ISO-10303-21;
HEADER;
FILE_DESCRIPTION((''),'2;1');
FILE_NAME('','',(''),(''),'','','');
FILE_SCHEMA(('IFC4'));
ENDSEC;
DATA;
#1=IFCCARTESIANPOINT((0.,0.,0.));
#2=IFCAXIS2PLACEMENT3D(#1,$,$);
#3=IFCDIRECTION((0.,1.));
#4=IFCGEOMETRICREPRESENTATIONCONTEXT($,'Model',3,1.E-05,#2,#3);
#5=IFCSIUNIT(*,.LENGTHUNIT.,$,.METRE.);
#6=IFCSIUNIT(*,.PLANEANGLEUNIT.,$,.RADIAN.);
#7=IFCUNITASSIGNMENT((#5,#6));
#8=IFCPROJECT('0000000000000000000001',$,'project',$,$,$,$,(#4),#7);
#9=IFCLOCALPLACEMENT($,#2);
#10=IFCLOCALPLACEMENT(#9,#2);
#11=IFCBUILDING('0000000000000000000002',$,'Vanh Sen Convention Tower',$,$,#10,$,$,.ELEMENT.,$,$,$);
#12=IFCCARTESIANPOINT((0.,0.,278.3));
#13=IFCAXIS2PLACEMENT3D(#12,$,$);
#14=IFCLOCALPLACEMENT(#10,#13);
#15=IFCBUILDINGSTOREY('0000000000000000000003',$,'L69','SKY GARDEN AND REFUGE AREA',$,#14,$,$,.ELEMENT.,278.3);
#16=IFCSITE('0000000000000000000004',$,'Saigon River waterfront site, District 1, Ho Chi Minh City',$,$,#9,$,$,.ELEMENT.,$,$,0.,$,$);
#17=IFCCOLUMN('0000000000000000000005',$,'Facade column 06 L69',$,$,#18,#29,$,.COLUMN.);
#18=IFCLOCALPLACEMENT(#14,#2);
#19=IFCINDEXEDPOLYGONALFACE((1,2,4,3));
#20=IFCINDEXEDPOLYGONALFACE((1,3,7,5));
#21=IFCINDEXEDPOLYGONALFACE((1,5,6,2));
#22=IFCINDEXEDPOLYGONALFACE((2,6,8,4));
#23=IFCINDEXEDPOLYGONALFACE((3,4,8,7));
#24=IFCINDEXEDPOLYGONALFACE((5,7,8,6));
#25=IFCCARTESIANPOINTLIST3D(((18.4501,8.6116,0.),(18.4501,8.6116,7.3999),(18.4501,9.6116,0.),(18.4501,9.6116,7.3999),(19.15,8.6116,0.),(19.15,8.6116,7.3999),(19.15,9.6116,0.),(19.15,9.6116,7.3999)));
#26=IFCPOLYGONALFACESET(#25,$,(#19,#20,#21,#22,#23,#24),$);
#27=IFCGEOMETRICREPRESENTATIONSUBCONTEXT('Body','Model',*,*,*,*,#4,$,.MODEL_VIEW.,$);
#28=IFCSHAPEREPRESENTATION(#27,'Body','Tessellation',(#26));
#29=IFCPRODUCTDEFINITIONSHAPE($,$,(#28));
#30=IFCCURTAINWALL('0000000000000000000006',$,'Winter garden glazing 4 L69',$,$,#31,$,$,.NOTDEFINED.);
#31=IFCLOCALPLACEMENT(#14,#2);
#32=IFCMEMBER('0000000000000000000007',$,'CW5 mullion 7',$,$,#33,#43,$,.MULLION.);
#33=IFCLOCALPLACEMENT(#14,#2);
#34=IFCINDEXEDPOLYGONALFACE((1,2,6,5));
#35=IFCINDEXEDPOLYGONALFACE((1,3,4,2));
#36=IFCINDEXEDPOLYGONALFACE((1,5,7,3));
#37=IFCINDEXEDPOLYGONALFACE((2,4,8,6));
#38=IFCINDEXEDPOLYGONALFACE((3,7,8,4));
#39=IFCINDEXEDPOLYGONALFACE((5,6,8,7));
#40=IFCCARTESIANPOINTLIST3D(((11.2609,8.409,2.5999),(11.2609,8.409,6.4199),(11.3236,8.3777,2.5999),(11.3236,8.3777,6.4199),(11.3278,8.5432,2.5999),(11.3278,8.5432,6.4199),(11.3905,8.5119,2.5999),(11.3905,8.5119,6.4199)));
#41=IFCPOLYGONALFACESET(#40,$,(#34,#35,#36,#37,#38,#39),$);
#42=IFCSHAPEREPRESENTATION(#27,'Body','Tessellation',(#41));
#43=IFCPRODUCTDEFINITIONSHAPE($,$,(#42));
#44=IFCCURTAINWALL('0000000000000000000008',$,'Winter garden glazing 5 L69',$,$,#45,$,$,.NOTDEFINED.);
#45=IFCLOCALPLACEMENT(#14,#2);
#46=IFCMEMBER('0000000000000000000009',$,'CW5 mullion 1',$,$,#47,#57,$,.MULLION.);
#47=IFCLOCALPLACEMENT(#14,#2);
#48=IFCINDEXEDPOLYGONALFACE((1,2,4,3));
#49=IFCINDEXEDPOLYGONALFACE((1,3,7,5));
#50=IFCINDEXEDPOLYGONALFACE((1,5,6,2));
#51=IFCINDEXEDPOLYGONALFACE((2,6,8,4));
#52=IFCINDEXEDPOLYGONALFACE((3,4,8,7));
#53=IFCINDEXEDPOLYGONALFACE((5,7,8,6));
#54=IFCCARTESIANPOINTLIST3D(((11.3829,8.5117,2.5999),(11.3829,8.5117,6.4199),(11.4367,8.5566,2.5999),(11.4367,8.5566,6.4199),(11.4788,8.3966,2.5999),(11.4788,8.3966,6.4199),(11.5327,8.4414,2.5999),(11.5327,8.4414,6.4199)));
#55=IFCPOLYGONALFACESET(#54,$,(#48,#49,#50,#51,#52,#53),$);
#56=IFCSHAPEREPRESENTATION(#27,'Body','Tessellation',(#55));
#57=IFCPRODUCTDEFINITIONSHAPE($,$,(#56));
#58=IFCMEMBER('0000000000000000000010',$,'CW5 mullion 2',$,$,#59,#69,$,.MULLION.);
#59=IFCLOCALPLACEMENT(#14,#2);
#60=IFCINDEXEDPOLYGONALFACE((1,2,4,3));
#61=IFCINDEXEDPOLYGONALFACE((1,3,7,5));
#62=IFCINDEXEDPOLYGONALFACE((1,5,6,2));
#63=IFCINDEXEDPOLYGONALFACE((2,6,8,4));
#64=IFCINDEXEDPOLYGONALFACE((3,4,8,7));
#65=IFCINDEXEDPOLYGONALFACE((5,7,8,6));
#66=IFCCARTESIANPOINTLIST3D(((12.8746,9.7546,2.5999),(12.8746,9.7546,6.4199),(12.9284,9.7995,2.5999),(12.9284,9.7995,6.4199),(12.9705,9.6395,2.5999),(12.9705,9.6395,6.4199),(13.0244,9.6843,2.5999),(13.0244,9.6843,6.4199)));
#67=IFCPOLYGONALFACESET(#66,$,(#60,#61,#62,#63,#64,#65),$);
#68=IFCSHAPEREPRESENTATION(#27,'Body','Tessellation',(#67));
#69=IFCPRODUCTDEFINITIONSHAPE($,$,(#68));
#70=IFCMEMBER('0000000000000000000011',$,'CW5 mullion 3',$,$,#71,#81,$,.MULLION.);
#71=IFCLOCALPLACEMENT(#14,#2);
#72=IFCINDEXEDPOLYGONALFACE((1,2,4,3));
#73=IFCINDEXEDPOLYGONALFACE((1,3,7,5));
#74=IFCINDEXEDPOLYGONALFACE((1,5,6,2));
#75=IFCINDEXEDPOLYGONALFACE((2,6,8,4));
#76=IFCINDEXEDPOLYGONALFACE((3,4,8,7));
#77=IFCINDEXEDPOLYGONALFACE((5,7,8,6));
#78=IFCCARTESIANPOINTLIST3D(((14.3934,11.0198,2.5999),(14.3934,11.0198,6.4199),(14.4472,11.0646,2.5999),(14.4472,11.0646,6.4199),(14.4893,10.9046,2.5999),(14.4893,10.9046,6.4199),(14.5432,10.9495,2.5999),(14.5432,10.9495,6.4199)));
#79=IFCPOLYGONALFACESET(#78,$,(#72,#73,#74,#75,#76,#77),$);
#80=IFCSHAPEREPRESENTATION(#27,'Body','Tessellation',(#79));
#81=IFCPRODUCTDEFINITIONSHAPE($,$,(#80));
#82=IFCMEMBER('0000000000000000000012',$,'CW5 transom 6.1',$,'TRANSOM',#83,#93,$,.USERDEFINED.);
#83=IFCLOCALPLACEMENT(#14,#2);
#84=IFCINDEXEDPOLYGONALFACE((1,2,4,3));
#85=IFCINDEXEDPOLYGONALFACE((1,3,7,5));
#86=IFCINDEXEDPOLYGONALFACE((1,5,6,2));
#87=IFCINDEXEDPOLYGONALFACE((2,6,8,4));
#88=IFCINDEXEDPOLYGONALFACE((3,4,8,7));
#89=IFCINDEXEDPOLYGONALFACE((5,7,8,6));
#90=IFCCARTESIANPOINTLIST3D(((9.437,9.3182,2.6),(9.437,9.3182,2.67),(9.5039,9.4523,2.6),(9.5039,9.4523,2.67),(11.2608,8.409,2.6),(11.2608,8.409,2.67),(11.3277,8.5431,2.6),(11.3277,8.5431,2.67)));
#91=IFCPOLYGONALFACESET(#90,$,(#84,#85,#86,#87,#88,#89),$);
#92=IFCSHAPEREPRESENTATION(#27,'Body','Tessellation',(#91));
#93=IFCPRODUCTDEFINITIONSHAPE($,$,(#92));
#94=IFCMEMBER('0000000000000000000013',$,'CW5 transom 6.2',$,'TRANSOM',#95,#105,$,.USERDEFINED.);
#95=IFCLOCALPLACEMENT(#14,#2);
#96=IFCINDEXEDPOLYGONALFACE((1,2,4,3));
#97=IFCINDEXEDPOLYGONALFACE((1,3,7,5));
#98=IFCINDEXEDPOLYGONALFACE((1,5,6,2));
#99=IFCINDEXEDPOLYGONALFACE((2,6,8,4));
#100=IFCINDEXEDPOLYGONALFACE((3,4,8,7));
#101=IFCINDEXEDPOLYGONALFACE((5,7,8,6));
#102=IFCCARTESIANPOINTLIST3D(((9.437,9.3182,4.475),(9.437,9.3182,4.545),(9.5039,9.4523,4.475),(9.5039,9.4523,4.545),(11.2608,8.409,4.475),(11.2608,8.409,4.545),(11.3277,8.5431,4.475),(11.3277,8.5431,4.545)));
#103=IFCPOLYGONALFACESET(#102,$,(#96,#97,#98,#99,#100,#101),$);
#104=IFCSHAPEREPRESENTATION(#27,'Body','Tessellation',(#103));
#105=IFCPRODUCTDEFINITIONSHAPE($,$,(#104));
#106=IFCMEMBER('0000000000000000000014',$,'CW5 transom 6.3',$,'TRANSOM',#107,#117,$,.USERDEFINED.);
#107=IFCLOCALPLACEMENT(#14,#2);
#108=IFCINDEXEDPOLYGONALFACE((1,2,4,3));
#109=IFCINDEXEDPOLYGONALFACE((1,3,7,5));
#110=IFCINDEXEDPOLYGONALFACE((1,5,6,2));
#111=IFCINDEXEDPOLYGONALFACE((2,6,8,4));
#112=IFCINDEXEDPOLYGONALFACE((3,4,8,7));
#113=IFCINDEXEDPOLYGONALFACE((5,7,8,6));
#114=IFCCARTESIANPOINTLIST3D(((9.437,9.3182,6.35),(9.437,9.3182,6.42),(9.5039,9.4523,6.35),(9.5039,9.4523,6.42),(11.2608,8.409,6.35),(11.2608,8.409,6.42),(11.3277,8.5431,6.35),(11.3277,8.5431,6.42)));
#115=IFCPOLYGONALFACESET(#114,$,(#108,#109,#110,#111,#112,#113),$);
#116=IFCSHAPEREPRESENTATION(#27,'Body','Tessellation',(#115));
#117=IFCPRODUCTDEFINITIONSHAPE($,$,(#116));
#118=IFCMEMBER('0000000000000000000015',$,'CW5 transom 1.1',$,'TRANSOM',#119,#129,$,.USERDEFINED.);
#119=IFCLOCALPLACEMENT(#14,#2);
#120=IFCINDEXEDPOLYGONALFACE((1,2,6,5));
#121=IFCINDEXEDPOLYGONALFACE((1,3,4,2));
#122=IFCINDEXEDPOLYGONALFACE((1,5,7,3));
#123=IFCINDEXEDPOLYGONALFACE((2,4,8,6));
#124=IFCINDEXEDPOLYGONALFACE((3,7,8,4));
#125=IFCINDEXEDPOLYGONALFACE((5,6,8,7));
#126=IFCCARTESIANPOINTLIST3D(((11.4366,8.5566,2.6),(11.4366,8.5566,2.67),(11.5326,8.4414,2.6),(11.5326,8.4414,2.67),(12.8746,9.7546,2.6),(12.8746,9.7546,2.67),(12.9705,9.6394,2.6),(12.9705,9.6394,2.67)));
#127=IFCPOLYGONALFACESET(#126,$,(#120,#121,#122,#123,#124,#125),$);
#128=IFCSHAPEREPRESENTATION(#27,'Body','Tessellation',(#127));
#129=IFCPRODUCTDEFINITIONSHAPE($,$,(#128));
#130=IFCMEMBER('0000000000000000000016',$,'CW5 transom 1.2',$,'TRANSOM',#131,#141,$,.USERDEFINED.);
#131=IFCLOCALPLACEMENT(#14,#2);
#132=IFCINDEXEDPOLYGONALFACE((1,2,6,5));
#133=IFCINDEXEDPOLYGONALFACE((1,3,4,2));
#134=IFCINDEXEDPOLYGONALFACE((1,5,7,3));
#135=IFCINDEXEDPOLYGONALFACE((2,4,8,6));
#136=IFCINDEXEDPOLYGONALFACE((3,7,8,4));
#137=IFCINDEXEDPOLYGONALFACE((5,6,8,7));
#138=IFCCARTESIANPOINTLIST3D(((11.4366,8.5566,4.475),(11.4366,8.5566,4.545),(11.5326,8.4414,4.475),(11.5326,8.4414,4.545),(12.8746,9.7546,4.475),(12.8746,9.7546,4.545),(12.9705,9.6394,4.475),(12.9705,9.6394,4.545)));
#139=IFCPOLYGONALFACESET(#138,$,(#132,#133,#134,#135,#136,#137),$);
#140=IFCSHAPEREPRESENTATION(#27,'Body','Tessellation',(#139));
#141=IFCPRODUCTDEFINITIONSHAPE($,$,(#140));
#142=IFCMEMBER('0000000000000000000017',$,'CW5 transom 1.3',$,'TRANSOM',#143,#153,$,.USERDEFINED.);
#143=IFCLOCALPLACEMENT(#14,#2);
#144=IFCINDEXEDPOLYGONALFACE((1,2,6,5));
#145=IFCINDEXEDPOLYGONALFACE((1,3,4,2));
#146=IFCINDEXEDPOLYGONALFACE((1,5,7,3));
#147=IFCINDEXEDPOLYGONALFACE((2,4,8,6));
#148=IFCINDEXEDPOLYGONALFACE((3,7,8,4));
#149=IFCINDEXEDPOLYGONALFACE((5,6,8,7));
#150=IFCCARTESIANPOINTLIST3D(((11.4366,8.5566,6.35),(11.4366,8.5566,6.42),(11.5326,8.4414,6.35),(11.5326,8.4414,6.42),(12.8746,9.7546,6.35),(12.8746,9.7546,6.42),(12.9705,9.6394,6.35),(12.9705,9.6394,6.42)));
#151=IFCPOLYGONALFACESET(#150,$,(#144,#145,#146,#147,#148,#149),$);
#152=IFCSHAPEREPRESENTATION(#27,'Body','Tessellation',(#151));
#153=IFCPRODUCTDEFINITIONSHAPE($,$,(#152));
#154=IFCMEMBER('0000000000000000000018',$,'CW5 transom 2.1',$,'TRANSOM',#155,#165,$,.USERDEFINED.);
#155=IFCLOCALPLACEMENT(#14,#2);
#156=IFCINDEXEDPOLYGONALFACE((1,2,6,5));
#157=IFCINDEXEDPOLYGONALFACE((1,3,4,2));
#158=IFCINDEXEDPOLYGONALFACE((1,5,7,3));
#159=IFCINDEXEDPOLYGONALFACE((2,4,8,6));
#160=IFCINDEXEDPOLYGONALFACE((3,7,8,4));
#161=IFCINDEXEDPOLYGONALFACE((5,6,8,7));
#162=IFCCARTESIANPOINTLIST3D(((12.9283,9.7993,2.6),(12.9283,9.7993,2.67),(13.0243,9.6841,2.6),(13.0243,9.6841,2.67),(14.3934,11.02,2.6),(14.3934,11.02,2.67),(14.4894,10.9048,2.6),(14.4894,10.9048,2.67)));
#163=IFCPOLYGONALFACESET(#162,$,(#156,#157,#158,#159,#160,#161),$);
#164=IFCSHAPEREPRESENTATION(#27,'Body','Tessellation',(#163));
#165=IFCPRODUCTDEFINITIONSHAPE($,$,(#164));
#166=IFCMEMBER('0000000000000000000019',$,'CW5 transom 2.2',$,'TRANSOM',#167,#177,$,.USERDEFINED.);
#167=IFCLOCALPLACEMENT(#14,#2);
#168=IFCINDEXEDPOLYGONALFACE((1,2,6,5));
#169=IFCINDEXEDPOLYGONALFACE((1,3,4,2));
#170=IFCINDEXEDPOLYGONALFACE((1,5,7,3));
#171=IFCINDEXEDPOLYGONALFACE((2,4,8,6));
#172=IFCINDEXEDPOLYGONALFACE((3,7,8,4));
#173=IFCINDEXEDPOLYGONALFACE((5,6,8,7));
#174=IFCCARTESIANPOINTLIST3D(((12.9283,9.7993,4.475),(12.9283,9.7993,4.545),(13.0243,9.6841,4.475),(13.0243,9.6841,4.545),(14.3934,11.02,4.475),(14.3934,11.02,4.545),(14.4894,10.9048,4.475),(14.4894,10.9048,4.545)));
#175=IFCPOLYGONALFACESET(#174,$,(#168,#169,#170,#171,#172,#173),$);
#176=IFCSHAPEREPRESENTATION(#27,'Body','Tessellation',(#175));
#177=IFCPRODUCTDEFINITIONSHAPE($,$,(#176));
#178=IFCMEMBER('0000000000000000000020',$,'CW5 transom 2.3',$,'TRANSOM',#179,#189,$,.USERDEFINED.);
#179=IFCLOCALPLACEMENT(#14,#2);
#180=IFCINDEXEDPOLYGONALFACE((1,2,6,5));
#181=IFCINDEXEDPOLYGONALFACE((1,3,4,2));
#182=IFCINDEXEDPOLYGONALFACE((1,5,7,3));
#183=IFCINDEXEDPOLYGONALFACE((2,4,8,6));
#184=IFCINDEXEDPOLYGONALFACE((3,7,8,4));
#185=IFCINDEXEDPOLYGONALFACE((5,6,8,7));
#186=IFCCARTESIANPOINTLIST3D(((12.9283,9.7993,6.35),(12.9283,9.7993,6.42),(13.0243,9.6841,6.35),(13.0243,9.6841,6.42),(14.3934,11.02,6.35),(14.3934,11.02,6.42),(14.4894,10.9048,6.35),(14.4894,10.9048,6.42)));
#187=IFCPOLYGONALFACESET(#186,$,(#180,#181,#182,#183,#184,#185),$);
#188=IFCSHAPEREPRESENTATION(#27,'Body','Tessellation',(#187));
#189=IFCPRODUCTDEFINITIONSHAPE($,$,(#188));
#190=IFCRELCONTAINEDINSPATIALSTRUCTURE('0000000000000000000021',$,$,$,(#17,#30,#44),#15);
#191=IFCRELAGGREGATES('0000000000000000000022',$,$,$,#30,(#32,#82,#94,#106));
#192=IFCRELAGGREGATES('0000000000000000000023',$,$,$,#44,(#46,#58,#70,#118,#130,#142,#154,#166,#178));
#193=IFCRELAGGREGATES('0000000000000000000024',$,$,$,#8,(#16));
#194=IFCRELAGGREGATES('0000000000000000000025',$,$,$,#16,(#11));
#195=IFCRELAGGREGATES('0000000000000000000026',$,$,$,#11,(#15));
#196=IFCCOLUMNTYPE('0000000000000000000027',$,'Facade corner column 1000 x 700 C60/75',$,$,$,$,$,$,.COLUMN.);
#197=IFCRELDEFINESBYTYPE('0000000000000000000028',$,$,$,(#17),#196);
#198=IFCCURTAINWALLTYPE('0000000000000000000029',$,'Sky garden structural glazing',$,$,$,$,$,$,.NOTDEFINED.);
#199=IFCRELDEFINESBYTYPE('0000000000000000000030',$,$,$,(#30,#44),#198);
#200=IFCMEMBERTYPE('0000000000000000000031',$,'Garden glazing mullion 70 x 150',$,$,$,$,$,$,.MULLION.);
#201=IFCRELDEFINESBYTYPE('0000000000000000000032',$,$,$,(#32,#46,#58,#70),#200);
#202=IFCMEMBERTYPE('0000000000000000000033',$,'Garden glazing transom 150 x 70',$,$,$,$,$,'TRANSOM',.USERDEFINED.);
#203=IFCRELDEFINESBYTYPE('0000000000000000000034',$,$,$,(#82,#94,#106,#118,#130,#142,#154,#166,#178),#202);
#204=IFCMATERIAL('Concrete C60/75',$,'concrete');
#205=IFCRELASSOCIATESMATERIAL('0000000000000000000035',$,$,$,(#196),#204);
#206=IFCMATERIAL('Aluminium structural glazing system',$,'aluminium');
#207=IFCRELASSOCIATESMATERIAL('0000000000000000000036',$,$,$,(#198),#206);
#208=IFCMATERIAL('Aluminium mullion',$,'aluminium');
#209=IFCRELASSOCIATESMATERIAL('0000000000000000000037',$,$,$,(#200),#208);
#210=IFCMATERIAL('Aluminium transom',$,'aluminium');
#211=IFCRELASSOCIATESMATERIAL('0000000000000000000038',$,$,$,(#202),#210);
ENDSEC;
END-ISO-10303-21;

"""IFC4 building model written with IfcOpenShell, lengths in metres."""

from ifc_helpers import new_model, si_unit, direction, frame, origin, origin_2d, place, context, subcontext, project, spatial, rectangle, extrude, material, material_profile, profile_set, type_object, element, aggregate, save


model = new_model("IFC4")

# Units and contexts
model_context = context("Model", 3, precision=1e-05, world=origin(), true_north=direction((0.0, 1.0)))
body_context = subcontext(model_context, "Body", "Model", "MODEL_VIEW")
ifc_project = project(units=[si_unit("LENGTHUNIT", "METRE"), si_unit("PLANEANGLEUNIT", "RADIAN")], contexts=[model_context])

# Site, building, storey
site_placement = place(None, origin())
site = spatial("IfcSite", under=ifc_project, at=site_placement, Name="Saigon River waterfront site, District 1, Ho Chi Minh City", CompositionType="ELEMENT", RefElevation=0.0)
building_placement = place(site_placement, origin())
building = spatial("IfcBuilding", under=site, at=building_placement, Name="Vanh Sen Convention Tower", CompositionType="ELEMENT")
storey_placement = place(building_placement, frame((0.0, 0.0, 278.3)))
storey = spatial("IfcBuildingStorey", under=building, at=storey_placement, Name="L69", Description="SKY GARDEN AND REFUGE AREA", CompositionType="ELEMENT", Elevation=278.3)

# Column
ifc_material_1 = material(Name="Concrete C60/75", Category="concrete")
ifc_material_profile_1 = material_profile(ifc_material_1, rectangle(XDim=1.0, YDim=0.7, at=origin_2d()), Name="RC 1000X700")
ifc_profile_set_1 = profile_set([ifc_material_profile_1], Name="Concrete C60/75")
column_type = type_object("IfcColumnType", Name="Facade corner column 1000 x 700 C60/75", PredefinedType="COLUMN", material=ifc_profile_set_1)
column_placement = place(storey_placement, frame((18.8, 9.1116, 0.0), z_axis=(0.0, 0.0, 1.0), x_axis=(0.0, 1.0, 0.0)))
element("IfcColumn", 1, at=column_placement, inside=storey, type_object=column_type, Name="Facade column 06 L69", PredefinedType="COLUMN", context=body_context, shape_type="SweptSolid", body=[
    extrude(rectangle(XDim=1.0, YDim=0.7, at=origin_2d()), origin(), (0.0, 0.0, 1.0), 7.3999),
])

# Curtain wall, member
ifc_material_2 = material(Name="Aluminium structural glazing system", Category="aluminium")
curtain_wall_type_1 = type_object("IfcCurtainWallType", Name="Sky garden structural glazing", PredefinedType="NOTDEFINED", material=ifc_material_2)
curtain_wall_1_placement = place(storey_placement, origin())
curtain_wall_1 = element("IfcCurtainWall", 2, at=curtain_wall_1_placement, inside=storey, type_object=curtain_wall_type_1, Name="Winter garden glazing 4 L69", PredefinedType="NOTDEFINED")
ifc_material_3 = material(Name="Aluminium mullion", Category="aluminium")
ifc_material_profile_2 = material_profile(ifc_material_3, rectangle(XDim=0.1499, YDim=0.0701, at=origin_2d()), Name="Garden glazing mullion 70 x 150")
ifc_profile_set_2 = profile_set([ifc_material_profile_2], Name="Aluminium mullion")
member_type_1 = type_object("IfcMemberType", Name="Garden glazing mullion 70 x 150", PredefinedType="MULLION", material=ifc_profile_set_2)
member_1_placement = place(storey_placement, frame((11.3257, 8.4604, 2.5999), z_axis=(0.0, 0.0, 1.0), x_axis=(0.446199, 0.894934, 0.0)))
member_1 = element("IfcMember", 3, at=member_1_placement, type_object=member_type_1, Name="CW5 mullion 7", PredefinedType="MULLION", context=body_context, shape_type="SweptSolid", body=[
    extrude(rectangle(XDim=0.1499, YDim=0.0701, at=origin_2d()), origin(), (0.0, 0.0, 1.0), 3.8201),
])

# Curtain wall, members
curtain_wall_2_placement = place(storey_placement, origin())
curtain_wall_2 = element("IfcCurtainWall", 4, at=curtain_wall_2_placement, inside=storey, type_object=curtain_wall_type_1, Name="Winter garden glazing 5 L69", PredefinedType="NOTDEFINED")
member_2_placement = place(storey_placement, frame((11.4578, 8.4766, 2.5999), z_axis=(0.0, 0.0, 1.0), x_axis=(-0.640092, 0.768299, 0.0)))
member_2 = element("IfcMember", 5, at=member_2_placement, type_object=member_type_1, Name="CW5 mullion 1", PredefinedType="MULLION", context=body_context, shape_type="SweptSolid", body=[
    extrude(rectangle(XDim=0.1499, YDim=0.0701, at=origin_2d()), origin(), (0.0, 0.0, 1.0), 3.8201),
])
member_3_placement = place(storey_placement, frame((12.9495, 9.7195, 2.5999), z_axis=(0.0, 0.0, 1.0), x_axis=(-0.640092, 0.768299, 0.0)))
member_3 = element("IfcMember", 6, at=member_3_placement, type_object=member_type_1, Name="CW5 mullion 2", PredefinedType="MULLION", context=body_context, shape_type="SweptSolid", body=[
    extrude(rectangle(XDim=0.1499, YDim=0.0701, at=origin_2d()), origin(), (0.0, 0.0, 1.0), 3.8201),
])
member_4_placement = place(storey_placement, frame((14.4683, 10.9846, 2.5999), z_axis=(0.0, 0.0, 1.0), x_axis=(-0.640092, 0.768299, 0.0)))
member_4 = element("IfcMember", 7, at=member_4_placement, type_object=member_type_1, Name="CW5 mullion 3", PredefinedType="MULLION", context=body_context, shape_type="SweptSolid", body=[
    extrude(rectangle(XDim=0.1499, YDim=0.0701, at=origin_2d()), origin(), (0.0, 0.0, 1.0), 3.8201),
])

# Members
ifc_material_4 = material(Name="Aluminium transom", Category="aluminium")
ifc_material_profile_3 = material_profile(ifc_material_4, rectangle(XDim=0.1499, YDim=0.0701, at=origin_2d()), Name="Garden glazing transom 150 x 70")
ifc_profile_set_3 = profile_set([ifc_material_profile_3], Name="Aluminium transom")
member_type_2 = type_object("IfcMemberType", Name="Garden glazing transom 150 x 70", ElementType="TRANSOM", PredefinedType="USERDEFINED", material=ifc_profile_set_3)
member_5_placement = place(storey_placement, frame((9.4705, 9.3853, 2.635), z_axis=(0.894954, -0.446159, 0.0), x_axis=(0.446159, 0.894954, 0.0)))
member_5 = element("IfcMember", 8, at=member_5_placement, type_object=member_type_2, Name="CW5 transom 6.1", ObjectType="TRANSOM", PredefinedType="USERDEFINED", context=body_context, shape_type="SweptSolid", body=[
    extrude(rectangle(XDim=0.1499, YDim=0.0701, at=origin_2d()), origin(), (0.0, 0.0, 1.0), 2.0378),
])
member_6_placement = place(storey_placement, frame((9.4705, 9.3853, 4.51), z_axis=(0.894954, -0.446159, 0.0), x_axis=(0.446159, 0.894954, 0.0)))
member_6 = element("IfcMember", 9, at=member_6_placement, type_object=member_type_2, Name="CW5 transom 6.2", ObjectType="TRANSOM", PredefinedType="USERDEFINED", context=body_context, shape_type="SweptSolid", body=[
    extrude(rectangle(XDim=0.1499, YDim=0.0701, at=origin_2d()), origin(), (0.0, 0.0, 1.0), 2.0378),
])
member_7_placement = place(storey_placement, frame((9.4705, 9.3853, 6.385), z_axis=(0.894954, -0.446159, 0.0), x_axis=(0.446159, 0.894954, 0.0)))
member_7 = element("IfcMember", 10, at=member_7_placement, type_object=member_type_2, Name="CW5 transom 6.3", ObjectType="TRANSOM", PredefinedType="USERDEFINED", context=body_context, shape_type="SweptSolid", body=[
    extrude(rectangle(XDim=0.1499, YDim=0.0701, at=origin_2d()), origin(), (0.0, 0.0, 1.0), 2.0378),
])
member_8_placement = place(storey_placement, frame((11.4846, 8.499, 2.635), z_axis=(0.768307, 0.640082, 0.0), x_axis=(-0.640082, 0.768307, 0.0)))
member_8 = element("IfcMember", 11, at=member_8_placement, type_object=member_type_2, Name="CW5 transom 1.1", ObjectType="TRANSOM", PredefinedType="USERDEFINED", context=body_context, shape_type="SweptSolid", body=[
    extrude(rectangle(XDim=0.1499, YDim=0.0701, at=origin_2d()), origin(), (0.0, 0.0, 1.0), 1.8716),
])
member_9_placement = place(storey_placement, frame((11.4846, 8.499, 4.51), z_axis=(0.768307, 0.640082, 0.0), x_axis=(-0.640082, 0.768307, 0.0)))
member_9 = element("IfcMember", 12, at=member_9_placement, type_object=member_type_2, Name="CW5 transom 1.2", ObjectType="TRANSOM", PredefinedType="USERDEFINED", context=body_context, shape_type="SweptSolid", body=[
    extrude(rectangle(XDim=0.1499, YDim=0.0701, at=origin_2d()), origin(), (0.0, 0.0, 1.0), 1.8716),
])
member_10_placement = place(storey_placement, frame((11.4846, 8.499, 6.385), z_axis=(0.768307, 0.640082, 0.0), x_axis=(-0.640082, 0.768307, 0.0)))
member_10 = element("IfcMember", 13, at=member_10_placement, type_object=member_type_2, Name="CW5 transom 1.3", ObjectType="TRANSOM", PredefinedType="USERDEFINED", context=body_context, shape_type="SweptSolid", body=[
    extrude(rectangle(XDim=0.1499, YDim=0.0701, at=origin_2d()), origin(), (0.0, 0.0, 1.0), 1.8716),
])
member_11_placement = place(storey_placement, frame((12.9763, 9.7417, 2.635), z_axis=(0.768274, 0.640121, 0.0), x_axis=(-0.640121, 0.768274, 0.0)))
member_11 = element("IfcMember", 14, at=member_11_placement, type_object=member_type_2, Name="CW5 transom 2.1", ObjectType="TRANSOM", PredefinedType="USERDEFINED", context=body_context, shape_type="SweptSolid", body=[
    extrude(rectangle(XDim=0.1499, YDim=0.0701, at=origin_2d()), origin(), (0.0, 0.0, 1.0), 1.907),
])
member_12_placement = place(storey_placement, frame((12.9763, 9.7417, 4.51), z_axis=(0.768274, 0.640121, 0.0), x_axis=(-0.640121, 0.768274, 0.0)))
member_12 = element("IfcMember", 15, at=member_12_placement, type_object=member_type_2, Name="CW5 transom 2.2", ObjectType="TRANSOM", PredefinedType="USERDEFINED", context=body_context, shape_type="SweptSolid", body=[
    extrude(rectangle(XDim=0.1499, YDim=0.0701, at=origin_2d()), origin(), (0.0, 0.0, 1.0), 1.907),
])
member_13_placement = place(storey_placement, frame((12.9763, 9.7417, 6.385), z_axis=(0.768274, 0.640121, 0.0), x_axis=(-0.640121, 0.768274, 0.0)))
member_13 = element("IfcMember", 16, at=member_13_placement, type_object=member_type_2, Name="CW5 transom 2.3", ObjectType="TRANSOM", PredefinedType="USERDEFINED", context=body_context, shape_type="SweptSolid", body=[
    extrude(rectangle(XDim=0.1499, YDim=0.0701, at=origin_2d()), origin(), (0.0, 0.0, 1.0), 1.907),
])

aggregate(curtain_wall_1, [member_1, member_5, member_6, member_7])
aggregate(curtain_wall_2, [member_2, member_3, member_4, member_8, member_9, member_10, member_11, member_12, member_13])

save(model, "model.ifc")
